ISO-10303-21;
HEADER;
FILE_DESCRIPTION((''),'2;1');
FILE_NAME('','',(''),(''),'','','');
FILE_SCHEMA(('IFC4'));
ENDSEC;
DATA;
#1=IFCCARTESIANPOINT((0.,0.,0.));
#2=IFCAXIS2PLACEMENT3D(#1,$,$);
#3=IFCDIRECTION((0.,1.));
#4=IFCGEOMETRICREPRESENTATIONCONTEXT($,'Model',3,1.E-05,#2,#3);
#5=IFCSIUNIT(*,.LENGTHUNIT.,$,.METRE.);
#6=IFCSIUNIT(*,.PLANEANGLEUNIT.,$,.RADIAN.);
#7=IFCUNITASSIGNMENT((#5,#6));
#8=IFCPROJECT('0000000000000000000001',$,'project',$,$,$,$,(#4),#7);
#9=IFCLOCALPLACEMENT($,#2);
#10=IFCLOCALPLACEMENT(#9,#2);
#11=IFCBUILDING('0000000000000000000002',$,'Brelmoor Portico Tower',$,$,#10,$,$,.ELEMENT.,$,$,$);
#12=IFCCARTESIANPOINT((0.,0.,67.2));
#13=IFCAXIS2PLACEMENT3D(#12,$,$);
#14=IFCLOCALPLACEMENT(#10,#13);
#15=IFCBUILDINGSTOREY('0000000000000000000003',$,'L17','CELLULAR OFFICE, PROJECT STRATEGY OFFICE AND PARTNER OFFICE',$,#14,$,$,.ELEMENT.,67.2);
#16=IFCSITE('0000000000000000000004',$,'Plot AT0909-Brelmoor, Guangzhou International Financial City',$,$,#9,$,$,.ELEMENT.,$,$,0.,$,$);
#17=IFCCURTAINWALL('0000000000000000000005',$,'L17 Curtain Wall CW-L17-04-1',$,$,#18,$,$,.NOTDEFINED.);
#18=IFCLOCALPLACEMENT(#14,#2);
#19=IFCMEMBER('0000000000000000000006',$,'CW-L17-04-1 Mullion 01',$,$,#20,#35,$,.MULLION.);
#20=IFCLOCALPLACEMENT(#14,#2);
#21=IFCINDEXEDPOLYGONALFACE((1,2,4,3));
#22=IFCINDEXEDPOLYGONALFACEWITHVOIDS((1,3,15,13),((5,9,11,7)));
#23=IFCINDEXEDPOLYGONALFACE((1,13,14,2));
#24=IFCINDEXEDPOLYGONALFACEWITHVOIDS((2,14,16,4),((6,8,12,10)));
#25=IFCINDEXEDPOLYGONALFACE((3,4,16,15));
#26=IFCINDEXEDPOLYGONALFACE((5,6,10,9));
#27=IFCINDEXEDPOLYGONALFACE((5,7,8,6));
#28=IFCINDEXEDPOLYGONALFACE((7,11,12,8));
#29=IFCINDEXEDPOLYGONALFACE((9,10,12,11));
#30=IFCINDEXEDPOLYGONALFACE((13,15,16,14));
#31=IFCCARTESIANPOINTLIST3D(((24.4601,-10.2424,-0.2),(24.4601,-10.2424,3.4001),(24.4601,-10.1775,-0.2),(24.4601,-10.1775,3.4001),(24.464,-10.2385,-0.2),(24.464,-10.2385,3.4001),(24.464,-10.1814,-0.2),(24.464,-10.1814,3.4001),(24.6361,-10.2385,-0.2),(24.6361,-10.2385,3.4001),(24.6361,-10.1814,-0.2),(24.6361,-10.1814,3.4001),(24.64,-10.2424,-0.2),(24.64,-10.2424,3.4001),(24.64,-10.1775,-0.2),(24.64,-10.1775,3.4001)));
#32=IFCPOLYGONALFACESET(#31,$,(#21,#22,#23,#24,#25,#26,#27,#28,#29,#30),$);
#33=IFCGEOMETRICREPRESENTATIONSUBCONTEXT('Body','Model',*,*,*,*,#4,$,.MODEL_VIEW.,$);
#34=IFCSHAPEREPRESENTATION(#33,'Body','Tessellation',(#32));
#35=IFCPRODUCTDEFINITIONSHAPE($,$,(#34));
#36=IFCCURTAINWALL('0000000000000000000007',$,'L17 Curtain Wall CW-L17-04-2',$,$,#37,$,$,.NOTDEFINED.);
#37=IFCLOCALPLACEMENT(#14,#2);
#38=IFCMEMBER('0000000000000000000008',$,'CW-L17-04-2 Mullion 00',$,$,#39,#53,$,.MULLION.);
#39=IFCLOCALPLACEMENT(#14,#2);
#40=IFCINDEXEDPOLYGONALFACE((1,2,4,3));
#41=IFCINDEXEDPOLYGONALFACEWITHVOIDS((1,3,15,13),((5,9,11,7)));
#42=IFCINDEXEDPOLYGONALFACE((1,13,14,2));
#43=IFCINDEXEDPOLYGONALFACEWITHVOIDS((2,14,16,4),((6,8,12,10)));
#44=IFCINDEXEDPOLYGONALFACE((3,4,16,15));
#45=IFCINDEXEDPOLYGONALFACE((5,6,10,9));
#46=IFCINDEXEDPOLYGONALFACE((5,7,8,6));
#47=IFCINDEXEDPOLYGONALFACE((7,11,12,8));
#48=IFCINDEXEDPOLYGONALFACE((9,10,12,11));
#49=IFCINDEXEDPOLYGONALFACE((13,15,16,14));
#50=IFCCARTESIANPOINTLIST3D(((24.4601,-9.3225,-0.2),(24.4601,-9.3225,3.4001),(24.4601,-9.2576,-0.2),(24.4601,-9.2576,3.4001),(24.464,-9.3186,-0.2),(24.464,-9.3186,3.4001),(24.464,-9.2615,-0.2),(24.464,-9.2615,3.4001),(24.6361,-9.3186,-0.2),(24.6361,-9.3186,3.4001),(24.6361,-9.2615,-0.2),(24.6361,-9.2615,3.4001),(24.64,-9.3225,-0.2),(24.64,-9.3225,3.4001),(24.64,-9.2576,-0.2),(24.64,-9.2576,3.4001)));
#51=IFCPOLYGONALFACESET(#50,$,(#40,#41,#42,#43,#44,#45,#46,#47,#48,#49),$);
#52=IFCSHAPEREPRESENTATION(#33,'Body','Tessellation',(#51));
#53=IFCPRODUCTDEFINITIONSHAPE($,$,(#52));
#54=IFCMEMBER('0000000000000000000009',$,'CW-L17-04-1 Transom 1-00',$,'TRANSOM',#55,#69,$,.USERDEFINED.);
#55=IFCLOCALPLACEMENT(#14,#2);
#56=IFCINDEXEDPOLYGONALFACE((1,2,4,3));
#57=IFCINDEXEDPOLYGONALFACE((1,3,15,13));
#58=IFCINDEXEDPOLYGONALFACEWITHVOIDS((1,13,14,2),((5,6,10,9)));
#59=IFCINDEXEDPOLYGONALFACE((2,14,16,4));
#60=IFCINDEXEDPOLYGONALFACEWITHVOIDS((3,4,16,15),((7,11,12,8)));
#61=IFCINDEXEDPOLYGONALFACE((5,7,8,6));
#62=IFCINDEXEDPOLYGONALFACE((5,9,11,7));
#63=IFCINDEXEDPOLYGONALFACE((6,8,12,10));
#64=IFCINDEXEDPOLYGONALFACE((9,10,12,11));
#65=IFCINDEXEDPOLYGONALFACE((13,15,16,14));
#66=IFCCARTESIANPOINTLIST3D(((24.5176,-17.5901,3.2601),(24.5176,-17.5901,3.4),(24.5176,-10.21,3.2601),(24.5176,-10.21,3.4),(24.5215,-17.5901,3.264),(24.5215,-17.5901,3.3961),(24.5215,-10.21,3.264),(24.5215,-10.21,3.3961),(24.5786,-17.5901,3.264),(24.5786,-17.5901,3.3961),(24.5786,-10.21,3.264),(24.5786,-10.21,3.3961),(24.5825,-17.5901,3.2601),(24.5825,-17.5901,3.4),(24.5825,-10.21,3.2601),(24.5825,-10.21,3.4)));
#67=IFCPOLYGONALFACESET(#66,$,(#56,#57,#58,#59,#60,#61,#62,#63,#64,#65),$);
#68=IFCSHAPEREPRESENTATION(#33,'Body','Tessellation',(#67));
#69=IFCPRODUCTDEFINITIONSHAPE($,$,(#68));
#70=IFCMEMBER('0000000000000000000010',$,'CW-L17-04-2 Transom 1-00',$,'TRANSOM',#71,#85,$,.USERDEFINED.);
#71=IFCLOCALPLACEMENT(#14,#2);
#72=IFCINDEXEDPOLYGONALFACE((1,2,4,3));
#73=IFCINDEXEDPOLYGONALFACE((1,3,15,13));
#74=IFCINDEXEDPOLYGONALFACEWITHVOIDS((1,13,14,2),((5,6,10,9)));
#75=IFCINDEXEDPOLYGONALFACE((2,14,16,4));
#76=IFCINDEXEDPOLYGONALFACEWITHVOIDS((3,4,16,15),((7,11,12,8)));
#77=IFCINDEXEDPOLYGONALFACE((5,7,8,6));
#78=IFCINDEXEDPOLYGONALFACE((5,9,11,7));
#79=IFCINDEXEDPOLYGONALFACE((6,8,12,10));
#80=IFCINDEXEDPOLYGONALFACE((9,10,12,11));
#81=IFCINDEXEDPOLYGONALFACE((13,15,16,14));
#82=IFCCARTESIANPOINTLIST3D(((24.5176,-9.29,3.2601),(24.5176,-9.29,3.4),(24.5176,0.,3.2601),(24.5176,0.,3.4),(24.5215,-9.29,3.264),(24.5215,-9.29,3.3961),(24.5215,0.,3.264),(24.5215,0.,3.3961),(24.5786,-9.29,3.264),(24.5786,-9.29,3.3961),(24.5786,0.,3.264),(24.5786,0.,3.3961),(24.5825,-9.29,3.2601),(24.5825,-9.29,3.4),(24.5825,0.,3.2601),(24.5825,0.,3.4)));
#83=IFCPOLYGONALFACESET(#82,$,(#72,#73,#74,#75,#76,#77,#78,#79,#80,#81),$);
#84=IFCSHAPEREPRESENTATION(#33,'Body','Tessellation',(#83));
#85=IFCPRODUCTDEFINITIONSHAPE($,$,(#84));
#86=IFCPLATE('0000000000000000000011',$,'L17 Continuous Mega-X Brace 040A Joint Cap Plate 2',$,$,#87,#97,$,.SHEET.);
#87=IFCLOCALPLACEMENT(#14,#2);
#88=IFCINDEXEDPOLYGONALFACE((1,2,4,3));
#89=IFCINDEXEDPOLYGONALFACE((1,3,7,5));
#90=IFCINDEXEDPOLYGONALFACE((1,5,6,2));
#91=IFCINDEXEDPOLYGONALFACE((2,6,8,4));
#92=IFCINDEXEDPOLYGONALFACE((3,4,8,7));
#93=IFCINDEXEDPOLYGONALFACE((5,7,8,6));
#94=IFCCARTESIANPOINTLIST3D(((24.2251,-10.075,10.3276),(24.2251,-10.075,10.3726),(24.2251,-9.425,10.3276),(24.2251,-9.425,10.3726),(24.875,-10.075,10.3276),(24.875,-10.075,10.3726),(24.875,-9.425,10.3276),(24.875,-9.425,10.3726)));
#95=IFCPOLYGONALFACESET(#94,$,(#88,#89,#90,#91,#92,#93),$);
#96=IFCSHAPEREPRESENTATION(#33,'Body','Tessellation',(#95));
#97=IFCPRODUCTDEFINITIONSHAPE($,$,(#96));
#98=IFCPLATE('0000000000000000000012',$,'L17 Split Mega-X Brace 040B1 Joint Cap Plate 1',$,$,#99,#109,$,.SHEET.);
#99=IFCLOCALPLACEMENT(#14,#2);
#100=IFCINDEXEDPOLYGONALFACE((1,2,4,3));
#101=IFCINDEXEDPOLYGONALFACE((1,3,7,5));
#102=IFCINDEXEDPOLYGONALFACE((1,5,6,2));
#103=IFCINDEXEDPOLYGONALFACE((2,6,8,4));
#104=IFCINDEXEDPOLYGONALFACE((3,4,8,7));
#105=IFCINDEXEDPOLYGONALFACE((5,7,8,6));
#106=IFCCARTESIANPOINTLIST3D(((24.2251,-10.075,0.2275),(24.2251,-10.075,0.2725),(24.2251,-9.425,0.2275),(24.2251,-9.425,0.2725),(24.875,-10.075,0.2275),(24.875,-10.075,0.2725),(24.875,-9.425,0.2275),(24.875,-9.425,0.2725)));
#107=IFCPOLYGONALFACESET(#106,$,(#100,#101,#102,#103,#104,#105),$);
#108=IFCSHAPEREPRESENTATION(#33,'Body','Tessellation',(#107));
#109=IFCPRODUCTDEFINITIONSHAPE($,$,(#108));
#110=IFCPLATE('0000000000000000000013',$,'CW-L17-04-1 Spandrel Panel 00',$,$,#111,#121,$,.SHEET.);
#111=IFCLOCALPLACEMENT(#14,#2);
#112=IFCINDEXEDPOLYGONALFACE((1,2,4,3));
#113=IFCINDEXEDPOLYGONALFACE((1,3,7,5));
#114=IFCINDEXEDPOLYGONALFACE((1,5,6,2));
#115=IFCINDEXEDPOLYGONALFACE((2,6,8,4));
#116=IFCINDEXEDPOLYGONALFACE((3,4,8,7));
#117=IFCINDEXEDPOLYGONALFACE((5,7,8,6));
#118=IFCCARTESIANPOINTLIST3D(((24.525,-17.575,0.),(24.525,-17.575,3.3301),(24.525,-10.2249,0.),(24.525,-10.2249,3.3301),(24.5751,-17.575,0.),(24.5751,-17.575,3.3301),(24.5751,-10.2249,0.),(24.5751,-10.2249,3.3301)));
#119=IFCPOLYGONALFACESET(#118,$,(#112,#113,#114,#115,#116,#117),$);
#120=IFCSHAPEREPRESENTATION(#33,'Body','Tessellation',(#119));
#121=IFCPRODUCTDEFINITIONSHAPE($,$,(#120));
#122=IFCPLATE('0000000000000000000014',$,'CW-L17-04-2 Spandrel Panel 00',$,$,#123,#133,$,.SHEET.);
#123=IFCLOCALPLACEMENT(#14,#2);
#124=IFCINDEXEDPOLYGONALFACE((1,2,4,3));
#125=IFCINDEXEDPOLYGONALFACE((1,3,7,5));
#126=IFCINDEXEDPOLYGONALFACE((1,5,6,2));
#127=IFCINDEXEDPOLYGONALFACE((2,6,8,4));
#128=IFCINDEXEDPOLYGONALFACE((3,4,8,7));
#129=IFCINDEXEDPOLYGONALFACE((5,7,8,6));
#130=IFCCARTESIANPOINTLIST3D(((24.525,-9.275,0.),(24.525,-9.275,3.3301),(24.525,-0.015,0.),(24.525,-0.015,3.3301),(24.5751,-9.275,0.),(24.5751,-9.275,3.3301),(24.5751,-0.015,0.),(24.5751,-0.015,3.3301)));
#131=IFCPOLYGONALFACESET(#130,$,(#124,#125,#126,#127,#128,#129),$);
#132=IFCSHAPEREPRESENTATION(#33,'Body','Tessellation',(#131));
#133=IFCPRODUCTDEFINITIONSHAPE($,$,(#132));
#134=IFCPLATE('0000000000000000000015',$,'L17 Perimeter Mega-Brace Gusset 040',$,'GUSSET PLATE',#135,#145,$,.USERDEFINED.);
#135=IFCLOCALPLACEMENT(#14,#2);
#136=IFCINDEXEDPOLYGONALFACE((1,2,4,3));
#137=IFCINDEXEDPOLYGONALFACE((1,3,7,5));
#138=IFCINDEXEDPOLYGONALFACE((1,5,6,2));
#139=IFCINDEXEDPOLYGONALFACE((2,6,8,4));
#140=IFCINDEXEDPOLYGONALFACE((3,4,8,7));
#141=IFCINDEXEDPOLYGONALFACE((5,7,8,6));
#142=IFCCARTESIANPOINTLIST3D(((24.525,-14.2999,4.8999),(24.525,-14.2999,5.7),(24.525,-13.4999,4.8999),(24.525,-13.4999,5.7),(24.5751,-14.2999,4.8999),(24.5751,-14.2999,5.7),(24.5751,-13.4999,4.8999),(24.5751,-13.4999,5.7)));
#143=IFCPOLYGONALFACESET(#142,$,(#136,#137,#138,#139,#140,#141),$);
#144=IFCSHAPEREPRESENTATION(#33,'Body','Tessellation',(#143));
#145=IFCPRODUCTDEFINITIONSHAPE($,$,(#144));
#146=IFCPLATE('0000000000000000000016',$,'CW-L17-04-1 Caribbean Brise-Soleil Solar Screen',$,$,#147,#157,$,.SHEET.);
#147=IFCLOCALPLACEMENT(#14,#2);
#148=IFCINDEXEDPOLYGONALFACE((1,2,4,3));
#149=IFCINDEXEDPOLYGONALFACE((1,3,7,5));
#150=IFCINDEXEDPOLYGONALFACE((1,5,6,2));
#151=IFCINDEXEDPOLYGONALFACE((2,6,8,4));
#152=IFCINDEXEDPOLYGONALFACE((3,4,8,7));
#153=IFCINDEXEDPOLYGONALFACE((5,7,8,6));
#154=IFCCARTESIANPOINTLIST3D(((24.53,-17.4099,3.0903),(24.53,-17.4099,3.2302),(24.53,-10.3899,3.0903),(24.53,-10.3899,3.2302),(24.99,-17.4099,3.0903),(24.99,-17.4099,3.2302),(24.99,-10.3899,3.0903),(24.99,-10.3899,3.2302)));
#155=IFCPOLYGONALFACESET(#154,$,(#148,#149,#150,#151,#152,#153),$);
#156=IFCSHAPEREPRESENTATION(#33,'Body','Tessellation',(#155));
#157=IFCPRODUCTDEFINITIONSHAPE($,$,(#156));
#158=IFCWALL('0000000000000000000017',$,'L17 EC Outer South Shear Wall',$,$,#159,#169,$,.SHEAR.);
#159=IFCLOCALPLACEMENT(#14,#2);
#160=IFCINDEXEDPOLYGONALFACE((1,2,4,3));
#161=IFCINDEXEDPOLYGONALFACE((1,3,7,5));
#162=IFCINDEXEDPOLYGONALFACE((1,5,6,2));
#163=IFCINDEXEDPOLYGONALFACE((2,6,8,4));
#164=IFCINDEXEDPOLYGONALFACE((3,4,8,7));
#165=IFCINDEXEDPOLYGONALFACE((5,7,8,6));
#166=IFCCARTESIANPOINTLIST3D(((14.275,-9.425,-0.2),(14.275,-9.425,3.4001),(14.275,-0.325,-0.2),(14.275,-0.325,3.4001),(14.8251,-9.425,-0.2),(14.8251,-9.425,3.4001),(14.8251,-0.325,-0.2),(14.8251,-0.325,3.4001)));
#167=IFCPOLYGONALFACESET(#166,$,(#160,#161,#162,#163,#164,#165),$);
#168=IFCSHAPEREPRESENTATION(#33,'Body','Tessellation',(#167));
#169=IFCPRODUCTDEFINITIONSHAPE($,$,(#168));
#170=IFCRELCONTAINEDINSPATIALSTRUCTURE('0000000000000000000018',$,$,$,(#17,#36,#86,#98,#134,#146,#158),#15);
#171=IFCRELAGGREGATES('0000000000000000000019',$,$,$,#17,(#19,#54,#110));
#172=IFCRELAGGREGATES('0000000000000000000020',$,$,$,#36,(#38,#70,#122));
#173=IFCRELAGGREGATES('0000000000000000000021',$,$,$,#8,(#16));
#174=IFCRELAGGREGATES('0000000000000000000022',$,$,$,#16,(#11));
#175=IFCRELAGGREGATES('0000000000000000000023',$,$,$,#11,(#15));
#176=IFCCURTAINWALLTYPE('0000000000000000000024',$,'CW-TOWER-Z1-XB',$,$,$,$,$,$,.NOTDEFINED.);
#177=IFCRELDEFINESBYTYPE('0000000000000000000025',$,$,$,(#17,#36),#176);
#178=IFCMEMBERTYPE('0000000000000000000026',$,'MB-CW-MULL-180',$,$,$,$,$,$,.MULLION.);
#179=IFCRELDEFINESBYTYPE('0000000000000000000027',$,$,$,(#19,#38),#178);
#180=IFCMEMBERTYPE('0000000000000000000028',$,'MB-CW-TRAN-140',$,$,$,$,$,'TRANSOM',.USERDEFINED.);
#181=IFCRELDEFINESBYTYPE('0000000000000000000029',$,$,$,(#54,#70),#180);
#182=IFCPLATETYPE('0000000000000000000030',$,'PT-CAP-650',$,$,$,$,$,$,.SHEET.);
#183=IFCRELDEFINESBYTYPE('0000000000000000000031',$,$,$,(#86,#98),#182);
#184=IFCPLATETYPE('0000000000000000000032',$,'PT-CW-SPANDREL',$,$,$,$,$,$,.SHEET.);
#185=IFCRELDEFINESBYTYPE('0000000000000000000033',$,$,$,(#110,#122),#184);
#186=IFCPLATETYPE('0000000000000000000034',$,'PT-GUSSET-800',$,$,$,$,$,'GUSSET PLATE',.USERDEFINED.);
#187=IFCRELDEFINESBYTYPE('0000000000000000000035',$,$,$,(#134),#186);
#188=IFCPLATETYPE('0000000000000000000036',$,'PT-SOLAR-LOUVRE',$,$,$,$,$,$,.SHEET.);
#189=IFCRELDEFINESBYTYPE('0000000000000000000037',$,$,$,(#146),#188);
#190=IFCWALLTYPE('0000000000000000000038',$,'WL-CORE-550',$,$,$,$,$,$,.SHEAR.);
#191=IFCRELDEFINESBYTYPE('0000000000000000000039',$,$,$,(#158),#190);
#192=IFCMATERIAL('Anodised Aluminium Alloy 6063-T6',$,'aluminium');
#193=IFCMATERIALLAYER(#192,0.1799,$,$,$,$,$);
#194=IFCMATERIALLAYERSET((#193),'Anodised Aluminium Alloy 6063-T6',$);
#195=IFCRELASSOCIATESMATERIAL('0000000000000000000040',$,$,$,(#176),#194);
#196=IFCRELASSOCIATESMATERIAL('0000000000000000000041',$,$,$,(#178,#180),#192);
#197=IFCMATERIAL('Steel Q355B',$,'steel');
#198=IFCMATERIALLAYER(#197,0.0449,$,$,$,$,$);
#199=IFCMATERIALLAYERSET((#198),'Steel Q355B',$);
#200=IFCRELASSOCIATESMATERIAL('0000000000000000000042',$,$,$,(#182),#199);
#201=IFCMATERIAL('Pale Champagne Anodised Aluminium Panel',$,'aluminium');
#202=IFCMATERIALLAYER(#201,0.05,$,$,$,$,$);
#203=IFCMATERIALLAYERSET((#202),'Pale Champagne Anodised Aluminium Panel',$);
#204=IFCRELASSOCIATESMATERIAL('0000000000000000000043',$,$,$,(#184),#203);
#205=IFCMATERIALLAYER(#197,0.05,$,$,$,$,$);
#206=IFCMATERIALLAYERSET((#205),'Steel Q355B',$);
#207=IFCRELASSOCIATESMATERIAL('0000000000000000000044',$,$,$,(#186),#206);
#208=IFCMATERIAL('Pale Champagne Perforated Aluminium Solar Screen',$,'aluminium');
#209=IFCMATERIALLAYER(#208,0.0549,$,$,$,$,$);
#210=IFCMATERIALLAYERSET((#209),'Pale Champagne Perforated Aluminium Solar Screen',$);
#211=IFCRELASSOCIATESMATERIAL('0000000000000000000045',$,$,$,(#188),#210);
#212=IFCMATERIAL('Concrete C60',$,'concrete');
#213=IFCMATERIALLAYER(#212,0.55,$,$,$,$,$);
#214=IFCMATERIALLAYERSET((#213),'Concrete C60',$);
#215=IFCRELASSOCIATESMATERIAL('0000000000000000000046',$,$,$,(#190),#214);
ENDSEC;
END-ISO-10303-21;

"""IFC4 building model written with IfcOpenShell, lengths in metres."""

from ifc_helpers import new_model, si_unit, direction, frame, frame_2d, origin, origin_2d, place, context, subcontext, project, spatial, rectangle, hollow_rectangle, extrude, material, layer, layer_set, material_profile, profile_set, type_object, element, aggregate, save


model = new_model("IFC4")

# Units and contexts
model_context = context("Model", 3, precision=1e-05, world=origin(), true_north=direction((0.0, 1.0)))
body_context = subcontext(model_context, "Body", "Model", "MODEL_VIEW")
ifc_project = project(units=[si_unit("LENGTHUNIT", "METRE"), si_unit("PLANEANGLEUNIT", "RADIAN")], contexts=[model_context])

# Site, building, storey
site_placement = place(None, origin())
site = spatial("IfcSite", under=ifc_project, at=site_placement, Name="Plot AT0909-Brelmoor, Guangzhou International Financial City", CompositionType="ELEMENT", RefElevation=0.0)
building_placement = place(site_placement, origin())
building = spatial("IfcBuilding", under=site, at=building_placement, Name="Brelmoor Portico Tower", CompositionType="ELEMENT")
storey_placement = place(building_placement, frame((0.0, 0.0, 67.2)))
storey = spatial("IfcBuildingStorey", under=building, at=storey_placement, Name="L17", Description="CELLULAR OFFICE, PROJECT STRATEGY OFFICE AND PARTNER OFFICE", CompositionType="ELEMENT", Elevation=67.2)

# Shared definitions
ifc_material_1 = material(Name="Steel Q355B", Category="steel")

# Curtain wall, member
ifc_material_2 = material(Name="Anodised Aluminium Alloy 6063-T6", Category="aluminium")
ifc_layer_1 = layer(ifc_material_2, 0.1799)
ifc_layer_set_1 = layer_set([ifc_layer_1], Name="Anodised Aluminium Alloy 6063-T6")
curtain_wall_type = type_object("IfcCurtainWallType", Name="CW-TOWER-Z1-XB", PredefinedType="NOTDEFINED", material=ifc_layer_set_1)
curtain_wall_1_placement = place(storey_placement, origin())
curtain_wall_1 = element("IfcCurtainWall", 1, at=curtain_wall_1_placement, inside=storey, type_object=curtain_wall_type, Name="L17 Curtain Wall CW-L17-04-1", PredefinedType="NOTDEFINED")
ifc_material_profile_1 = material_profile(ifc_material_2, hollow_rectangle(XDim=0.0649, YDim=0.1799, WallThickness=0.0039, at=origin_2d()), Name="ALU MULLION 65x180")
ifc_profile_set_1 = profile_set([ifc_material_profile_1], Name="Anodised Aluminium Alloy 6063-T6")
member_type_1 = type_object("IfcMemberType", Name="MB-CW-MULL-180", PredefinedType="MULLION", material=ifc_profile_set_1)
member_1_placement = place(storey_placement, frame((24.55, -10.21, -0.2), z_axis=(0.0, 0.0, 1.0), x_axis=(0.0, 1.0, 0.0)))
member_1 = element("IfcMember", 2, at=member_1_placement, type_object=member_type_1, Name="CW-L17-04-1 Mullion 01", PredefinedType="MULLION", context=body_context, shape_type="SweptSolid", body=[
    extrude(hollow_rectangle(XDim=0.0649, YDim=0.1799, WallThickness=0.0039, at=origin_2d()), origin(), (0.0, 0.0, 1.0), 3.6001),
])

# Curtain wall, member
curtain_wall_2_placement = place(storey_placement, origin())
curtain_wall_2 = element("IfcCurtainWall", 3, at=curtain_wall_2_placement, inside=storey, type_object=curtain_wall_type, Name="L17 Curtain Wall CW-L17-04-2", PredefinedType="NOTDEFINED")
member_2_placement = place(storey_placement, frame((24.55, -9.29, -0.2), z_axis=(0.0, 0.0, 1.0), x_axis=(0.0, 1.0, 0.0)))
member_2 = element("IfcMember", 4, at=member_2_placement, type_object=member_type_1, Name="CW-L17-04-2 Mullion 00", PredefinedType="MULLION", context=body_context, shape_type="SweptSolid", body=[
    extrude(hollow_rectangle(XDim=0.0649, YDim=0.1799, WallThickness=0.0039, at=origin_2d()), origin(), (0.0, 0.0, 1.0), 3.6001),
])

# Members
ifc_material_profile_2 = material_profile(ifc_material_2, hollow_rectangle(XDim=0.0649, YDim=0.1399, WallThickness=0.0039, at=origin_2d()), Name="ALU TRANSOM 65x140")
ifc_profile_set_2 = profile_set([ifc_material_profile_2], Name="Anodised Aluminium Alloy 6063-T6")
member_type_2 = type_object("IfcMemberType", Name="MB-CW-TRAN-140", ElementType="TRANSOM", PredefinedType="USERDEFINED", material=ifc_profile_set_2)
member_3_placement = place(storey_placement, frame((24.55, -17.5901, 3.3301), z_axis=(0.0, 1.0, 0.0), x_axis=(-1.0, 0.0, 0.0)))
member_3 = element("IfcMember", 5, at=member_3_placement, type_object=member_type_2, Name="CW-L17-04-1 Transom 1-00", ObjectType="TRANSOM", PredefinedType="USERDEFINED", context=body_context, shape_type="SweptSolid", body=[
    extrude(hollow_rectangle(XDim=0.0649, YDim=0.1399, WallThickness=0.0039, at=origin_2d()), origin(), (0.0, 0.0, 1.0), 7.3801),
])
member_4_placement = place(storey_placement, frame((24.55, -9.29, 3.3301), z_axis=(0.0, 1.0, 0.0), x_axis=(-1.0, 0.0, 0.0)))
member_4 = element("IfcMember", 6, at=member_4_placement, type_object=member_type_2, Name="CW-L17-04-2 Transom 1-00", ObjectType="TRANSOM", PredefinedType="USERDEFINED", context=body_context, shape_type="SweptSolid", body=[
    extrude(hollow_rectangle(XDim=0.0649, YDim=0.1399, WallThickness=0.0039, at=origin_2d()), origin(), (0.0, 0.0, 1.0), 9.29),
])

# Plates
ifc_layer_2 = layer(ifc_material_1, 0.0449)
ifc_layer_set_2 = layer_set([ifc_layer_2], Name="Steel Q355B")
plate_type_1 = type_object("IfcPlateType", Name="PT-CAP-650", PredefinedType="SHEET", material=ifc_layer_set_2)
for number, where, z_axis, x_axis, name in (
    (7, (24.55, -9.75, 10.3276), (0.0, 0.0, 1.0), (1.0, 0.0, 0.0), "L17 Continuous Mega-X Brace 040A Joint Cap Plate 2"),
    (8, (24.55, -9.75, 0.2275), (0.0, 0.0, 1.0), (1.0, 0.0, 0.0), "L17 Split Mega-X Brace 040B1 Joint Cap Plate 1"),
):
    element("IfcPlate", number, at=place(storey_placement, frame(where, z_axis=z_axis, x_axis=x_axis)), inside=storey, type_object=plate_type_1, Name=name, PredefinedType="SHEET", context=body_context, shape_type="SweptSolid", body=[
        extrude(rectangle(XDim=0.6499, YDim=0.6499, at=origin_2d()), origin(), (0.0, 0.0, 1.0), 0.0449),
    ])

# Plates
ifc_material_3 = material(Name="Pale Champagne Anodised Aluminium Panel", Category="aluminium")
ifc_layer_3 = layer(ifc_material_3, 0.05)
ifc_layer_set_3 = layer_set([ifc_layer_3], Name="Pale Champagne Anodised Aluminium Panel")
plate_type_2 = type_object("IfcPlateType", Name="PT-CW-SPANDREL", PredefinedType="SHEET", material=ifc_layer_set_3)
plate_1_placement = place(storey_placement, frame((24.55, -13.8999, 0.0), z_axis=(0.0, 0.0, 1.0), x_axis=(0.0, 1.0, 0.0)))
plate_1 = element("IfcPlate", 9, at=plate_1_placement, type_object=plate_type_2, Name="CW-L17-04-1 Spandrel Panel 00", PredefinedType="SHEET", context=body_context, shape_type="SweptSolid", body=[
    extrude(rectangle(XDim=7.3501, YDim=0.05, at=origin_2d()), origin(), (0.0, 0.0, 1.0), 3.3301),
])
aggregate(curtain_wall_1, [member_1, member_3, plate_1])
plate_2_placement = place(storey_placement, frame((24.55, -4.645, 0.0), z_axis=(0.0, 0.0, 1.0), x_axis=(0.0, 1.0, 0.0)))
plate_2 = element("IfcPlate", 10, at=plate_2_placement, type_object=plate_type_2, Name="CW-L17-04-2 Spandrel Panel 00", PredefinedType="SHEET", context=body_context, shape_type="SweptSolid", body=[
    extrude(rectangle(XDim=9.26, YDim=0.05, at=origin_2d()), origin(), (0.0, 0.0, 1.0), 3.3301),
])
aggregate(curtain_wall_2, [member_2, member_4, plate_2])

# Plates
ifc_layer_4 = layer(ifc_material_1, 0.05)
ifc_layer_set_4 = layer_set([ifc_layer_4], Name="Steel Q355B")
plate_type_3 = type_object("IfcPlateType", Name="PT-GUSSET-800", ElementType="GUSSET PLATE", PredefinedType="USERDEFINED", material=ifc_layer_set_4)
plate_3_placement = place(storey_placement, frame((24.55, -13.8999, 4.8999), z_axis=(0.0, 0.0, 1.0), x_axis=(1.0, 0.0, 0.0)))
element("IfcPlate", 11, at=plate_3_placement, inside=storey, type_object=plate_type_3, Name="L17 Perimeter Mega-Brace Gusset 040", ObjectType="GUSSET PLATE", PredefinedType="USERDEFINED", context=body_context, shape_type="SweptSolid", body=[
    extrude(rectangle(XDim=0.05, YDim=0.8, at=origin_2d()), origin(), (0.0, 0.0, 1.0), 0.8),
])
ifc_material_4 = material(Name="Pale Champagne Perforated Aluminium Solar Screen", Category="aluminium")
ifc_layer_5 = layer(ifc_material_4, 0.0549)
ifc_layer_set_5 = layer_set([ifc_layer_5], Name="Pale Champagne Perforated Aluminium Solar Screen")
plate_type_4 = type_object("IfcPlateType", Name="PT-SOLAR-LOUVRE", PredefinedType="SHEET", material=ifc_layer_set_5)
plate_4_placement = place(storey_placement, frame((24.76, -13.8999, 3.0903), z_axis=(0.0, 0.0, 1.0), x_axis=(0.0, 1.0, 0.0)))
element("IfcPlate", 12, at=plate_4_placement, inside=storey, type_object=plate_type_4, Name="CW-L17-04-1 Caribbean Brise-Soleil Solar Screen", PredefinedType="SHEET", context=body_context, shape_type="SweptSolid", body=[
    extrude(rectangle(XDim=7.02, YDim=0.46, at=origin_2d()), origin(), (0.0, 0.0, 1.0), 0.1399),
])

# Wall
ifc_material_5 = material(Name="Concrete C60", Category="concrete")
ifc_layer_6 = layer(ifc_material_5, 0.55)
ifc_layer_set_6 = layer_set([ifc_layer_6], Name="Concrete C60")
wall_type_1 = type_object("IfcWallType", Name="WL-CORE-550", PredefinedType="SHEAR", material=ifc_layer_set_6)
wall_1_placement = place(storey_placement, frame((14.55, -9.425, -0.2), z_axis=(0.0, 0.0, 1.0), x_axis=(0.0, 1.0, 0.0)))
element("IfcWall", 13, at=wall_1_placement, inside=storey, type_object=wall_type_1, Name="L17 EC Outer South Shear Wall", PredefinedType="SHEAR", context=body_context, shape_type="SweptSolid", body=[
    extrude(rectangle(XDim=9.1001, YDim=0.55, at=frame_2d((4.55, 0.0))), origin(), (0.0, 0.0, 1.0), 3.6001),
])

save(model, "model.ifc")
